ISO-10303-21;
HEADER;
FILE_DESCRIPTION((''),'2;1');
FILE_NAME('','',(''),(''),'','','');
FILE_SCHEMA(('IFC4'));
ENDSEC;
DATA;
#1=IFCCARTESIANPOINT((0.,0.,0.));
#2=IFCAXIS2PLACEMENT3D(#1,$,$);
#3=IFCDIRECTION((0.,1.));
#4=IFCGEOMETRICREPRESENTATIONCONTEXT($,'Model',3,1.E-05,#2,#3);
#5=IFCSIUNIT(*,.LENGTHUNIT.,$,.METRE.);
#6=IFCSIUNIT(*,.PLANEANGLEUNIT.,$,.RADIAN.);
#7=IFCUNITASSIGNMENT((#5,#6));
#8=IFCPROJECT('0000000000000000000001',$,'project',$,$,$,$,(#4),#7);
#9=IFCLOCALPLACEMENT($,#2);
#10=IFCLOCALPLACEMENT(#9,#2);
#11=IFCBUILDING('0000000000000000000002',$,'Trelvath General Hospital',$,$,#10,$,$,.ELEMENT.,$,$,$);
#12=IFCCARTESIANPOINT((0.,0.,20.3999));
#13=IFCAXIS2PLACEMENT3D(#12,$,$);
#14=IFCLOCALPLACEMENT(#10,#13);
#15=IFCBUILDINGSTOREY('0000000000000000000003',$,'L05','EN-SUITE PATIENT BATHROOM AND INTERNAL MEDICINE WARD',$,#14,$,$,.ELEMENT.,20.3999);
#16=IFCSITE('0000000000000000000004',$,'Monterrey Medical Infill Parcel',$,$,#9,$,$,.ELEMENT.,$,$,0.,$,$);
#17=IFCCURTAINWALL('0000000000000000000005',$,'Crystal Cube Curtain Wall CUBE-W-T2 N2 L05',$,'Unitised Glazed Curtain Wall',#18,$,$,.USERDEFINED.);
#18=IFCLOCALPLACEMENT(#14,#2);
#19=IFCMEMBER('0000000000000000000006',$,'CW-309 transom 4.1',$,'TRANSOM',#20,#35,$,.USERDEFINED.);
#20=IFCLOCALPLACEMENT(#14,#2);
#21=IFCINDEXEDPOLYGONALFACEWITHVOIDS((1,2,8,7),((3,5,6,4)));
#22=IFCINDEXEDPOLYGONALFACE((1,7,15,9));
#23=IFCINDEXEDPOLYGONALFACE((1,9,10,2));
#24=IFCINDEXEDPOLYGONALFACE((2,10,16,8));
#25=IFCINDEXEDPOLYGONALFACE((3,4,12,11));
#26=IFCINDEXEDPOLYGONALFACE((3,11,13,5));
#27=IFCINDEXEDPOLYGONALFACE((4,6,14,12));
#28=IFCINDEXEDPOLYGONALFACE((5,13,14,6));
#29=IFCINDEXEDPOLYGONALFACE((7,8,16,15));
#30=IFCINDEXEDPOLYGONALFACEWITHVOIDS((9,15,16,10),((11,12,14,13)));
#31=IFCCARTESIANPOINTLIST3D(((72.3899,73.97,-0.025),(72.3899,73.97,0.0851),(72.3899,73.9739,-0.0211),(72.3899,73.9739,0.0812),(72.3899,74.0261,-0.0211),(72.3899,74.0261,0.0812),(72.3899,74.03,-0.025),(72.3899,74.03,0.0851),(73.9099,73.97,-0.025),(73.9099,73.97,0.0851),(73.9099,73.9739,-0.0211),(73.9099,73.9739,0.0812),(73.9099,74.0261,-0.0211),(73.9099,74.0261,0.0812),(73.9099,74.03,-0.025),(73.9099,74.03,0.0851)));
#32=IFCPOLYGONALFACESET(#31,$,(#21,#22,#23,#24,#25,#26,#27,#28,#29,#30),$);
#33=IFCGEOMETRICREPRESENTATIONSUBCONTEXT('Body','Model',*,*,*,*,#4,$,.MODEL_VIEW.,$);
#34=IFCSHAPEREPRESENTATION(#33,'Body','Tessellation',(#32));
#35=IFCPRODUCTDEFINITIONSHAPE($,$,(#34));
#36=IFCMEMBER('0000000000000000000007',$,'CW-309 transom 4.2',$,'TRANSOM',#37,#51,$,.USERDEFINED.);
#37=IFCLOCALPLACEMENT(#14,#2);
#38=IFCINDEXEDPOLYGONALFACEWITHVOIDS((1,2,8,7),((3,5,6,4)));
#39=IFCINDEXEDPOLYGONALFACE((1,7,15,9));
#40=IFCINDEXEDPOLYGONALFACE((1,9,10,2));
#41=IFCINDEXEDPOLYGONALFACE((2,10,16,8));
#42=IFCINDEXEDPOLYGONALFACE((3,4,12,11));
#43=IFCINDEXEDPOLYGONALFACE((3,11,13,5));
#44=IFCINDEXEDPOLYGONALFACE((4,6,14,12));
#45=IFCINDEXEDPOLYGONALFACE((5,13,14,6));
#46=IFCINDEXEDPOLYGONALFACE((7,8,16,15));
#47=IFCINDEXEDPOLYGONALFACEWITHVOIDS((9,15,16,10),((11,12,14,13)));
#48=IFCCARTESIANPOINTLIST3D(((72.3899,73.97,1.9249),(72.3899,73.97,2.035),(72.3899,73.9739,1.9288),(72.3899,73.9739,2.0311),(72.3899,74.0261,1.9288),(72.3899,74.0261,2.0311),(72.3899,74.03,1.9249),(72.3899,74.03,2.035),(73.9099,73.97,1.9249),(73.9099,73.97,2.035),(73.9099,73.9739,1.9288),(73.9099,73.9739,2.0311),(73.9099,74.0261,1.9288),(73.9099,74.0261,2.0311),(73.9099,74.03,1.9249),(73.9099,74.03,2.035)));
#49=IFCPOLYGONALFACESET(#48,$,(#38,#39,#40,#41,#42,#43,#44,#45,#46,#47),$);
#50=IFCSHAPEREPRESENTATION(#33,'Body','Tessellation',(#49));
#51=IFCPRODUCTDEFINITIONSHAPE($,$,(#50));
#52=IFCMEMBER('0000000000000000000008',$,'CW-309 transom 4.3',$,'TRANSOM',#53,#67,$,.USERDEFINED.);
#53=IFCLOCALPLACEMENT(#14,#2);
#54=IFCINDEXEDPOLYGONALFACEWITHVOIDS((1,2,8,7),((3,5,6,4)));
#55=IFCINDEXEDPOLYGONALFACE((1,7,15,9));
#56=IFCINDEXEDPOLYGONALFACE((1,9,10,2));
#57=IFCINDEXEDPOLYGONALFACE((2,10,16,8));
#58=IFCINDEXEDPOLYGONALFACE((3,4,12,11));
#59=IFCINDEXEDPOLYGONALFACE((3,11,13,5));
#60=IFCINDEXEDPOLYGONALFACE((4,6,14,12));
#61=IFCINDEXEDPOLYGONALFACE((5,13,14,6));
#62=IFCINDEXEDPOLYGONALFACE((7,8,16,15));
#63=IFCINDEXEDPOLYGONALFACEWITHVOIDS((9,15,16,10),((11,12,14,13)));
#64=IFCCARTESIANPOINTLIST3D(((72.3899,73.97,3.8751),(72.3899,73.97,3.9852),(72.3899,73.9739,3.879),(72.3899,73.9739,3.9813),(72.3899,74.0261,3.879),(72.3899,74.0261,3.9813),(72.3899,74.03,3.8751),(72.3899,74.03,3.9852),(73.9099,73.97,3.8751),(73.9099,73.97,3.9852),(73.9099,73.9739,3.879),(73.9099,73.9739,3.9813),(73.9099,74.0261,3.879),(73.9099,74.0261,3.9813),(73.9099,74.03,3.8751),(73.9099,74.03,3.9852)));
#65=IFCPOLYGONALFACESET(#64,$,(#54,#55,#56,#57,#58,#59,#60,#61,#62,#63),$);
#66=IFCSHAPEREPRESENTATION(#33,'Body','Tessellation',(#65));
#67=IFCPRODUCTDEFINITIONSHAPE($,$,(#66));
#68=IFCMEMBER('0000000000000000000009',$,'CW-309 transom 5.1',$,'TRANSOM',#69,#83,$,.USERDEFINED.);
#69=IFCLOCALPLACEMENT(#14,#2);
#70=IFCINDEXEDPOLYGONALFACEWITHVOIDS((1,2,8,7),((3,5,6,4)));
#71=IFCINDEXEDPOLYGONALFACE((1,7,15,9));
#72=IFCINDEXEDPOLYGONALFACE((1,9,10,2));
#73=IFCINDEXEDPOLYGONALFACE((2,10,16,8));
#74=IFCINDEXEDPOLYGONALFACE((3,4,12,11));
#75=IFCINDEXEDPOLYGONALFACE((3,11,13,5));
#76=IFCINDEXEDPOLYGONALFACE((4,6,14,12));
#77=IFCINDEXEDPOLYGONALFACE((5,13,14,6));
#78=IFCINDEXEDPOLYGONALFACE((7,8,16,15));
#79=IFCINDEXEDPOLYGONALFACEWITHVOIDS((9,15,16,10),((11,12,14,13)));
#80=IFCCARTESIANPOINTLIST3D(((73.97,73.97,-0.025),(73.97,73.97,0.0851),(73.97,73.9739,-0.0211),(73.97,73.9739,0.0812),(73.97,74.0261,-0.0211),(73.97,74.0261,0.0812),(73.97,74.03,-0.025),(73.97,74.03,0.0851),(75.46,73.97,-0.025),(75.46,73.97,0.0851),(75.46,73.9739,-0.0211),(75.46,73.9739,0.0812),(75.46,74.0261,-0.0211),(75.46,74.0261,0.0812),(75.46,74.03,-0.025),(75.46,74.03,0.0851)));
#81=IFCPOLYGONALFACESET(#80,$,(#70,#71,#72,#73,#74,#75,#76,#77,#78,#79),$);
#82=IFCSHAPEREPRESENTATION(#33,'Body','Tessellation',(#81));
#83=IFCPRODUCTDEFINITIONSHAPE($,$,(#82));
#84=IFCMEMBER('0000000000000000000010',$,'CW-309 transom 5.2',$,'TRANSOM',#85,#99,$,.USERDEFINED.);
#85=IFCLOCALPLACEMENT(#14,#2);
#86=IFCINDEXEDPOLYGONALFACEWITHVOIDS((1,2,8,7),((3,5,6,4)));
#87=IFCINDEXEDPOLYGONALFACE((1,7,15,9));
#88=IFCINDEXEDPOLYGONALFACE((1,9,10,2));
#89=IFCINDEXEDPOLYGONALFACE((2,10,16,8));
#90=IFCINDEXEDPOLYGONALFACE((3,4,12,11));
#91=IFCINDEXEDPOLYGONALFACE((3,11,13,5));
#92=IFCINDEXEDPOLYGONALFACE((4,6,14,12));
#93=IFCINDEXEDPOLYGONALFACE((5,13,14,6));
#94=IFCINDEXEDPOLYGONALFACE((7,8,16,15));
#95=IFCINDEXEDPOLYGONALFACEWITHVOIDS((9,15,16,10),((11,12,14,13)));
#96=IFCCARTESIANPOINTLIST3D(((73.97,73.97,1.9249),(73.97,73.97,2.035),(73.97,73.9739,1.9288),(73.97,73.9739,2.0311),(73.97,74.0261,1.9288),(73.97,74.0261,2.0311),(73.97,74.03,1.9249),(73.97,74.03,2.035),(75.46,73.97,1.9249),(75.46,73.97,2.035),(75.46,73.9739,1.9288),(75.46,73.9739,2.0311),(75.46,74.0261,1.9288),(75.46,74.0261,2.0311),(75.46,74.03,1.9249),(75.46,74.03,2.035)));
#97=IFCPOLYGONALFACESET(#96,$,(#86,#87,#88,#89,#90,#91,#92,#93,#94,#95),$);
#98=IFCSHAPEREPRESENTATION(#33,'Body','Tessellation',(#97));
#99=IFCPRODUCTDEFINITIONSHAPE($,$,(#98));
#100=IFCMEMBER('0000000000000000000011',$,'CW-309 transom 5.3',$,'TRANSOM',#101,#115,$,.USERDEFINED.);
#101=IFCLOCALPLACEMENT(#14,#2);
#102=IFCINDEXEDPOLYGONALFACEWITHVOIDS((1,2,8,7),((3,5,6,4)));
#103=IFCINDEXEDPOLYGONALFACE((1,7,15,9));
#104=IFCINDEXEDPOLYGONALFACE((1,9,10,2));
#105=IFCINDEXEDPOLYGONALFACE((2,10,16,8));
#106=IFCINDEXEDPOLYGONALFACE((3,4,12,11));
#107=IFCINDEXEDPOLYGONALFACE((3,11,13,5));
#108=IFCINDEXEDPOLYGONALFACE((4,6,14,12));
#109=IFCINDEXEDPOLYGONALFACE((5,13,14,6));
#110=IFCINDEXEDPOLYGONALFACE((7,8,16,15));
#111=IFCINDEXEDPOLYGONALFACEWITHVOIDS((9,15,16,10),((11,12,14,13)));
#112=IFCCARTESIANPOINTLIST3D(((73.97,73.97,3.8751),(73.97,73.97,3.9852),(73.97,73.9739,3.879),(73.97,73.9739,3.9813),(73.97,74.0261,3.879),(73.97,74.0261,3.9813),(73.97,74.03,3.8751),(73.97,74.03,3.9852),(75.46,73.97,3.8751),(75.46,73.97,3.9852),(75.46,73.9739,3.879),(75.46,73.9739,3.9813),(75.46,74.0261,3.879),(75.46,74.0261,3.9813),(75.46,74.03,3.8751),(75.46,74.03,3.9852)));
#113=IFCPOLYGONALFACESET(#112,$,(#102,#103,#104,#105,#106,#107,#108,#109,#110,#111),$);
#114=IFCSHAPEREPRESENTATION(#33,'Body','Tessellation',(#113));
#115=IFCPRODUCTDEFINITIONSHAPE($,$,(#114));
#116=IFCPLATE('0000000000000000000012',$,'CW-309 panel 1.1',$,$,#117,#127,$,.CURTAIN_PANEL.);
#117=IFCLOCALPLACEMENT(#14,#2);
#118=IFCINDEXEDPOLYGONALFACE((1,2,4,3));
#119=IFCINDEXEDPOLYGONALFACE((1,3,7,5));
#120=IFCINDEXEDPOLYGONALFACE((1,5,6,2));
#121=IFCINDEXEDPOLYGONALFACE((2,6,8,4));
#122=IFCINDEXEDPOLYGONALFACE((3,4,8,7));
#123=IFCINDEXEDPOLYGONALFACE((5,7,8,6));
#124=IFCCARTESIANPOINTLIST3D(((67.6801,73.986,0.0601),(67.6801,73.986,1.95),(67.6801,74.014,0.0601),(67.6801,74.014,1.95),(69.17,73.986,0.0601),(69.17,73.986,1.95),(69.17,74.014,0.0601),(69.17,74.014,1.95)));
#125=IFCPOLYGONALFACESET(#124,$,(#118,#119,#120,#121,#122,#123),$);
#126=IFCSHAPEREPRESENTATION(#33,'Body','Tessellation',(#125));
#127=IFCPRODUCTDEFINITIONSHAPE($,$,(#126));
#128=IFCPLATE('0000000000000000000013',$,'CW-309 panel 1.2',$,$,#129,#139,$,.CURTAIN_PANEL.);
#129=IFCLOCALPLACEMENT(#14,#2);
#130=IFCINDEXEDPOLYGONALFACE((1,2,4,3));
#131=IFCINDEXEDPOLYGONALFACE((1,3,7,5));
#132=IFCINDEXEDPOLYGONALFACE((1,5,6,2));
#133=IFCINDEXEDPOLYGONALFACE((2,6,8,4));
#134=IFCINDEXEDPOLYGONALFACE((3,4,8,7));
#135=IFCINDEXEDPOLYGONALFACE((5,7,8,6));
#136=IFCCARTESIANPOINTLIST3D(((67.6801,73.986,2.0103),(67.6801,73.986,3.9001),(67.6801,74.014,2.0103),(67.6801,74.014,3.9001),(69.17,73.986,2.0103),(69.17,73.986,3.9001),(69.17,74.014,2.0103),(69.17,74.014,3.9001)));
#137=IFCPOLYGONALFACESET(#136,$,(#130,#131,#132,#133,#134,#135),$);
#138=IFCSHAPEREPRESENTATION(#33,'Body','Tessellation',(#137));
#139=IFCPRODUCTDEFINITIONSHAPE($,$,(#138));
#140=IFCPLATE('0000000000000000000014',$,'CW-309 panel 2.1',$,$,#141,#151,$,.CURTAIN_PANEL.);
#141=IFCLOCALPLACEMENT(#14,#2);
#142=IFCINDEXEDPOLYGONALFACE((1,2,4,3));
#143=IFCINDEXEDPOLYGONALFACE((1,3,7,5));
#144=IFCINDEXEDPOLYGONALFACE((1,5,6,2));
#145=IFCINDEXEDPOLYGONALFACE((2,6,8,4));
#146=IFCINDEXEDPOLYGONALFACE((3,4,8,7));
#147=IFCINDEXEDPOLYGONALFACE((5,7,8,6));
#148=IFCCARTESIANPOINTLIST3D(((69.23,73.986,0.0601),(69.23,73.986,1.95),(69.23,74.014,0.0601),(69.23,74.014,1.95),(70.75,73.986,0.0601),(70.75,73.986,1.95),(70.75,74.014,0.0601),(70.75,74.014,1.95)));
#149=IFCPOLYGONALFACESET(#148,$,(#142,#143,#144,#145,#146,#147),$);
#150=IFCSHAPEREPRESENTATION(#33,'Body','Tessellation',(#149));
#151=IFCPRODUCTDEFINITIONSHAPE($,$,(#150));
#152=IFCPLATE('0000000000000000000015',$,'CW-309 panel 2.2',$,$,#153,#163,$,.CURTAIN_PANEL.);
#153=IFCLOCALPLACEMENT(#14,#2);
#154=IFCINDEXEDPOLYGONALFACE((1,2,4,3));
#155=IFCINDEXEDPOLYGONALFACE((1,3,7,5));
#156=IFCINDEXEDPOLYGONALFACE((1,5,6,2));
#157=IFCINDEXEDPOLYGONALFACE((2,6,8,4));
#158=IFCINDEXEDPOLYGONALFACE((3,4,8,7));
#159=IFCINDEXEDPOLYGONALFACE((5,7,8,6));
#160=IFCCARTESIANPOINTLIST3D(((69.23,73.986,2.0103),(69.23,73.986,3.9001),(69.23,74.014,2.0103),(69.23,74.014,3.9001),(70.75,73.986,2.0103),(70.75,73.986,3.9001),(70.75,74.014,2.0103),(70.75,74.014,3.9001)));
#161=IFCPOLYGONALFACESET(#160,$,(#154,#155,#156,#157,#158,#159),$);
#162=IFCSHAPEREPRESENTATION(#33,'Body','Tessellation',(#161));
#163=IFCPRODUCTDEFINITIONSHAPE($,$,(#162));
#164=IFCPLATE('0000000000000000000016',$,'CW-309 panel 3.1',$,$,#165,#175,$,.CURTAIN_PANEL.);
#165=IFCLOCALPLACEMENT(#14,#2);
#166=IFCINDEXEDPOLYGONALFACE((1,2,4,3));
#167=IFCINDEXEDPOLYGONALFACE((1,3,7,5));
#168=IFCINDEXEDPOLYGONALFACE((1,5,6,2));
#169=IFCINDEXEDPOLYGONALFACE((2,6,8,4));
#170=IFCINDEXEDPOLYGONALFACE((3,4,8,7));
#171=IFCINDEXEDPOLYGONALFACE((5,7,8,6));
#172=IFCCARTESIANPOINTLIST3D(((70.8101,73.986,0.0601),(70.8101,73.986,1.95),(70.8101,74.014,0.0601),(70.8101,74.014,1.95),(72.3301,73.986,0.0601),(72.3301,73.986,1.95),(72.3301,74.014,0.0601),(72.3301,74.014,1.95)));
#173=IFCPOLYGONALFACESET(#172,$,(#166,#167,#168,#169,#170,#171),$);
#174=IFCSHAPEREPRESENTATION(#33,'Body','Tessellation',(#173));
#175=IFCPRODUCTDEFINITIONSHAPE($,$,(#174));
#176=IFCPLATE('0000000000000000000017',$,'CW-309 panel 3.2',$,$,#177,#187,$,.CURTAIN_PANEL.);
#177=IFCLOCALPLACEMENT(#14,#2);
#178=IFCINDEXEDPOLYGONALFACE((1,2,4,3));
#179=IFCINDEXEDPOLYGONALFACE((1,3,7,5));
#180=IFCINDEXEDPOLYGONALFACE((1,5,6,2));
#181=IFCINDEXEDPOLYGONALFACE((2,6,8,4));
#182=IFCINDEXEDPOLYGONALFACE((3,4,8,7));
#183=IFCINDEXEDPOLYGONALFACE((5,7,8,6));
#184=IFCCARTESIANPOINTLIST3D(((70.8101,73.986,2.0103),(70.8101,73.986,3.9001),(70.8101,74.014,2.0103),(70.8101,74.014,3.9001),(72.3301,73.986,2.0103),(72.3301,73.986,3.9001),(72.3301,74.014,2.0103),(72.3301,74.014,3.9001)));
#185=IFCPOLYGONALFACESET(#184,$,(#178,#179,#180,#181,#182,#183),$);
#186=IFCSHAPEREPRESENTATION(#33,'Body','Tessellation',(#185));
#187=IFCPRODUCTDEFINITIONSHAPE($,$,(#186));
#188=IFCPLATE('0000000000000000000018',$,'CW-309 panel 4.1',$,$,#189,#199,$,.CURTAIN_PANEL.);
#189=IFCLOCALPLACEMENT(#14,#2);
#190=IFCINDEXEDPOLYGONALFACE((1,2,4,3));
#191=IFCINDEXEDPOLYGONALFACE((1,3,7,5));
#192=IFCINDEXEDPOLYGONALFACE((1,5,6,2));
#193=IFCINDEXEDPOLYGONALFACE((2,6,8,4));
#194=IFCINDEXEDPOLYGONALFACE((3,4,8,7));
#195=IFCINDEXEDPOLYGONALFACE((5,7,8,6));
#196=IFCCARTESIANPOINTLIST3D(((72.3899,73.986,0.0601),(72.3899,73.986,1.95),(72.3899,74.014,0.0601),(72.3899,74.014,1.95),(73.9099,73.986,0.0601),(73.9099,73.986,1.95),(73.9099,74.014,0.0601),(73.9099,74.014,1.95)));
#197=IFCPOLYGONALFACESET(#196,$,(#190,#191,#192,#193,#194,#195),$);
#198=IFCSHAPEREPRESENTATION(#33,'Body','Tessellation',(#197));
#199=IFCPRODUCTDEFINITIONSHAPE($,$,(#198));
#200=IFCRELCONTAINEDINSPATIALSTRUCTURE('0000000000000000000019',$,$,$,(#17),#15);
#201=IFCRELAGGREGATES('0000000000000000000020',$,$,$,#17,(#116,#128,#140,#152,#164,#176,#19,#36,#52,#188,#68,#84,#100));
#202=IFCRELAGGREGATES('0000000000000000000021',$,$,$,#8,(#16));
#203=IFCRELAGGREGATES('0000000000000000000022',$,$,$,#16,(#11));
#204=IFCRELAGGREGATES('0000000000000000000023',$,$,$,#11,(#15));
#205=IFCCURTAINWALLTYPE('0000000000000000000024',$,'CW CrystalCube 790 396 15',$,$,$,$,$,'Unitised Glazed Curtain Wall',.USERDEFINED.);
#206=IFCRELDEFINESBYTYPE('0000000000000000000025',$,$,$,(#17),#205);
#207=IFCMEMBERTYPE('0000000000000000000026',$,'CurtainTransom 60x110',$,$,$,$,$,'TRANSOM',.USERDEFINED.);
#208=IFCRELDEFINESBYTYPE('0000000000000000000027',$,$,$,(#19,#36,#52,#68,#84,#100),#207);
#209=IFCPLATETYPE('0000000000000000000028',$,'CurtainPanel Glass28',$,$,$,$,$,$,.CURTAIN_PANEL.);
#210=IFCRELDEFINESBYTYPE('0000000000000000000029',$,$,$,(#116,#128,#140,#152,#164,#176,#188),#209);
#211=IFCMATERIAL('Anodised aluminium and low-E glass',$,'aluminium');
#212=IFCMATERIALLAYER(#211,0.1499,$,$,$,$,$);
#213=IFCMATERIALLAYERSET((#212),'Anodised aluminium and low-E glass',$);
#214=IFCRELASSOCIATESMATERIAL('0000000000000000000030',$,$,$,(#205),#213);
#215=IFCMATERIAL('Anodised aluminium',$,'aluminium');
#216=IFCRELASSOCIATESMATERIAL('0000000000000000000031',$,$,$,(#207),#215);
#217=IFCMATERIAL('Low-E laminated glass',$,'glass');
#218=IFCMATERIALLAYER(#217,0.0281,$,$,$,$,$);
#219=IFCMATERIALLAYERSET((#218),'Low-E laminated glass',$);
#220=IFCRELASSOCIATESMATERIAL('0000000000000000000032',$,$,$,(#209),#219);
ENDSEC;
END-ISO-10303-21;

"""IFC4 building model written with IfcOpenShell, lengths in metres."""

from ifc_helpers import new_model, si_unit, direction, frame, origin, origin_2d, place, context, subcontext, project, spatial, rectangle, hollow_rectangle, extrude, material, layer, layer_set, material_profile, profile_set, type_object, element, aggregate, save


model = new_model("IFC4")

# Units and contexts
model_context = context("Model", 3, precision=1e-05, world=origin(), true_north=direction((0.0, 1.0)))
body_context = subcontext(model_context, "Body", "Model", "MODEL_VIEW")
ifc_project = project(units=[si_unit("LENGTHUNIT", "METRE"), si_unit("PLANEANGLEUNIT", "RADIAN")], contexts=[model_context])

# Site, building, storey
site_placement = place(None, origin())
site = spatial("IfcSite", under=ifc_project, at=site_placement, Name="Monterrey Medical Infill Parcel", CompositionType="ELEMENT", RefElevation=0.0)
building_placement = place(site_placement, origin())
building = spatial("IfcBuilding", under=site, at=building_placement, Name="Trelvath General Hospital", CompositionType="ELEMENT")
storey_placement = place(building_placement, frame((0.0, 0.0, 20.3999)))
storey = spatial("IfcBuildingStorey", under=building, at=storey_placement, Name="L05", Description="EN-SUITE PATIENT BATHROOM AND INTERNAL MEDICINE WARD", CompositionType="ELEMENT", Elevation=20.3999)

# Curtain wall, members, plates
ifc_material_1 = material(Name="Anodised aluminium and low-E glass", Category="aluminium")
ifc_layer_1 = layer(ifc_material_1, 0.1499)
ifc_layer_set_1 = layer_set([ifc_layer_1], Name="Anodised aluminium and low-E glass")
curtain_wall_type = type_object("IfcCurtainWallType", Name="CW CrystalCube 790 396 15", ElementType="Unitised Glazed Curtain Wall", PredefinedType="USERDEFINED", material=ifc_layer_set_1)
curtain_wall_placement = place(storey_placement, origin())
curtain_wall = element("IfcCurtainWall", 1, at=curtain_wall_placement, inside=storey, type_object=curtain_wall_type, Name="Crystal Cube Curtain Wall CUBE-W-T2 N2 L05", ObjectType="Unitised Glazed Curtain Wall", PredefinedType="USERDEFINED")
ifc_material_2 = material(Name="Anodised aluminium", Category="aluminium")
ifc_material_profile_1 = material_profile(ifc_material_2, hollow_rectangle(XDim=0.0601, YDim=0.1101, WallThickness=0.0039, at=origin_2d()), Name="RHS60x110x4")
ifc_profile_set_1 = profile_set([ifc_material_profile_1], Name="Anodised aluminium")
member_type_1 = type_object("IfcMemberType", Name="CurtainTransom 60x110", ElementType="TRANSOM", PredefinedType="USERDEFINED", material=ifc_profile_set_1)
member_1_placement = place(storey_placement, frame((72.3899, 74.0, 0.03), z_axis=(1.0, 0.0, 0.0), x_axis=(0.0, 1.0, 0.0)))
member_1 = element("IfcMember", 2, at=member_1_placement, type_object=member_type_1, Name="CW-309 transom 4.1", ObjectType="TRANSOM", PredefinedType="USERDEFINED", context=body_context, shape_type="SweptSolid", body=[
    extrude(hollow_rectangle(XDim=0.0601, YDim=0.1101, WallThickness=0.0039, at=origin_2d()), origin(), (0.0, 0.0, 1.0), 1.52),
])
member_2_placement = place(storey_placement, frame((72.3899, 74.0, 1.98), z_axis=(1.0, 0.0, 0.0), x_axis=(0.0, 1.0, 0.0)))
member_2 = element("IfcMember", 3, at=member_2_placement, type_object=member_type_1, Name="CW-309 transom 4.2", ObjectType="TRANSOM", PredefinedType="USERDEFINED", context=body_context, shape_type="SweptSolid", body=[
    extrude(hollow_rectangle(XDim=0.0601, YDim=0.1101, WallThickness=0.0039, at=origin_2d()), origin(), (0.0, 0.0, 1.0), 1.52),
])
member_3_placement = place(storey_placement, frame((72.3899, 74.0, 3.9302), z_axis=(1.0, 0.0, 0.0), x_axis=(0.0, 1.0, 0.0)))
member_3 = element("IfcMember", 4, at=member_3_placement, type_object=member_type_1, Name="CW-309 transom 4.3", ObjectType="TRANSOM", PredefinedType="USERDEFINED", context=body_context, shape_type="SweptSolid", body=[
    extrude(hollow_rectangle(XDim=0.0601, YDim=0.1101, WallThickness=0.0039, at=origin_2d()), origin(), (0.0, 0.0, 1.0), 1.52),
])
member_4_placement = place(storey_placement, frame((73.97, 74.0, 0.03), z_axis=(1.0, 0.0, 0.0), x_axis=(0.0, 1.0, 0.0)))
member_4 = element("IfcMember", 5, at=member_4_placement, type_object=member_type_1, Name="CW-309 transom 5.1", ObjectType="TRANSOM", PredefinedType="USERDEFINED", context=body_context, shape_type="SweptSolid", body=[
    extrude(hollow_rectangle(XDim=0.0601, YDim=0.1101, WallThickness=0.0039, at=origin_2d()), origin(), (0.0, 0.0, 1.0), 1.49),
])
member_5_placement = place(storey_placement, frame((73.97, 74.0, 1.98), z_axis=(1.0, 0.0, 0.0), x_axis=(0.0, 1.0, 0.0)))
member_5 = element("IfcMember", 6, at=member_5_placement, type_object=member_type_1, Name="CW-309 transom 5.2", ObjectType="TRANSOM", PredefinedType="USERDEFINED", context=body_context, shape_type="SweptSolid", body=[
    extrude(hollow_rectangle(XDim=0.0601, YDim=0.1101, WallThickness=0.0039, at=origin_2d()), origin(), (0.0, 0.0, 1.0), 1.49),
])
member_6_placement = place(storey_placement, frame((73.97, 74.0, 3.9302), z_axis=(1.0, 0.0, 0.0), x_axis=(0.0, 1.0, 0.0)))
member_6 = element("IfcMember", 7, at=member_6_placement, type_object=member_type_1, Name="CW-309 transom 5.3", ObjectType="TRANSOM", PredefinedType="USERDEFINED", context=body_context, shape_type="SweptSolid", body=[
    extrude(hollow_rectangle(XDim=0.0601, YDim=0.1101, WallThickness=0.0039, at=origin_2d()), origin(), (0.0, 0.0, 1.0), 1.49),
])
ifc_material_3 = material(Name="Low-E laminated glass", Category="glass")
ifc_layer_2 = layer(ifc_material_3, 0.0281)
ifc_layer_set_2 = layer_set([ifc_layer_2], Name="Low-E laminated glass")
plate_type = type_object("IfcPlateType", Name="CurtainPanel Glass28", PredefinedType="CURTAIN_PANEL", material=ifc_layer_set_2)
plate_1_placement = place(storey_placement, frame((68.425, 74.0, 0.0601), z_axis=(0.0, 0.0, 1.0), x_axis=(1.0, 0.0, 0.0)))
plate_1 = element("IfcPlate", 8, at=plate_1_placement, type_object=plate_type, Name="CW-309 panel 1.1", PredefinedType="CURTAIN_PANEL", context=body_context, shape_type="SweptSolid", body=[
    extrude(rectangle(XDim=1.49, YDim=0.0281, at=origin_2d()), origin(), (0.0, 0.0, 1.0), 1.8899),
])
plate_2_placement = place(storey_placement, frame((68.425, 74.0, 2.0103), z_axis=(0.0, 0.0, 1.0), x_axis=(1.0, 0.0, 0.0)))
plate_2 = element("IfcPlate", 9, at=plate_2_placement, type_object=plate_type, Name="CW-309 panel 1.2", PredefinedType="CURTAIN_PANEL", context=body_context, shape_type="SweptSolid", body=[
    extrude(rectangle(XDim=1.49, YDim=0.0281, at=origin_2d()), origin(), (0.0, 0.0, 1.0), 1.8899),
])
plate_3_placement = place(storey_placement, frame((69.99, 74.0, 0.0601), z_axis=(0.0, 0.0, 1.0), x_axis=(1.0, 0.0, 0.0)))
plate_3 = element("IfcPlate", 10, at=plate_3_placement, type_object=plate_type, Name="CW-309 panel 2.1", PredefinedType="CURTAIN_PANEL", context=body_context, shape_type="SweptSolid", body=[
    extrude(rectangle(XDim=1.52, YDim=0.0281, at=origin_2d()), origin(), (0.0, 0.0, 1.0), 1.8899),
])
plate_4_placement = place(storey_placement, frame((69.99, 74.0, 2.0103), z_axis=(0.0, 0.0, 1.0), x_axis=(1.0, 0.0, 0.0)))
plate_4 = element("IfcPlate", 11, at=plate_4_placement, type_object=plate_type, Name="CW-309 panel 2.2", PredefinedType="CURTAIN_PANEL", context=body_context, shape_type="SweptSolid", body=[
    extrude(rectangle(XDim=1.52, YDim=0.0281, at=origin_2d()), origin(), (0.0, 0.0, 1.0), 1.8899),
])
plate_5_placement = place(storey_placement, frame((71.5701, 74.0, 0.0601), z_axis=(0.0, 0.0, 1.0), x_axis=(1.0, 0.0, 0.0)))
plate_5 = element("IfcPlate", 12, at=plate_5_placement, type_object=plate_type, Name="CW-309 panel 3.1", PredefinedType="CURTAIN_PANEL", context=body_context, shape_type="SweptSolid", body=[
    extrude(rectangle(XDim=1.52, YDim=0.0281, at=origin_2d()), origin(), (0.0, 0.0, 1.0), 1.8899),
])
plate_6_placement = place(storey_placement, frame((71.5701, 74.0, 2.0103), z_axis=(0.0, 0.0, 1.0), x_axis=(1.0, 0.0, 0.0)))
plate_6 = element("IfcPlate", 13, at=plate_6_placement, type_object=plate_type, Name="CW-309 panel 3.2", PredefinedType="CURTAIN_PANEL", context=body_context, shape_type="SweptSolid", body=[
    extrude(rectangle(XDim=1.52, YDim=0.0281, at=origin_2d()), origin(), (0.0, 0.0, 1.0), 1.8899),
])
plate_7_placement = place(storey_placement, frame((73.1499, 74.0, 0.0601), z_axis=(0.0, 0.0, 1.0), x_axis=(1.0, 0.0, 0.0)))
plate_7 = element("IfcPlate", 14, at=plate_7_placement, type_object=plate_type, Name="CW-309 panel 4.1", PredefinedType="CURTAIN_PANEL", context=body_context, shape_type="SweptSolid", body=[
    extrude(rectangle(XDim=1.52, YDim=0.0281, at=origin_2d()), origin(), (0.0, 0.0, 1.0), 1.8899),
])
aggregate(curtain_wall, [plate_1, plate_2, plate_3, plate_4, plate_5, plate_6, member_1, member_2, member_3, plate_7, member_4, member_5, member_6])

save(model, "model.ifc")
